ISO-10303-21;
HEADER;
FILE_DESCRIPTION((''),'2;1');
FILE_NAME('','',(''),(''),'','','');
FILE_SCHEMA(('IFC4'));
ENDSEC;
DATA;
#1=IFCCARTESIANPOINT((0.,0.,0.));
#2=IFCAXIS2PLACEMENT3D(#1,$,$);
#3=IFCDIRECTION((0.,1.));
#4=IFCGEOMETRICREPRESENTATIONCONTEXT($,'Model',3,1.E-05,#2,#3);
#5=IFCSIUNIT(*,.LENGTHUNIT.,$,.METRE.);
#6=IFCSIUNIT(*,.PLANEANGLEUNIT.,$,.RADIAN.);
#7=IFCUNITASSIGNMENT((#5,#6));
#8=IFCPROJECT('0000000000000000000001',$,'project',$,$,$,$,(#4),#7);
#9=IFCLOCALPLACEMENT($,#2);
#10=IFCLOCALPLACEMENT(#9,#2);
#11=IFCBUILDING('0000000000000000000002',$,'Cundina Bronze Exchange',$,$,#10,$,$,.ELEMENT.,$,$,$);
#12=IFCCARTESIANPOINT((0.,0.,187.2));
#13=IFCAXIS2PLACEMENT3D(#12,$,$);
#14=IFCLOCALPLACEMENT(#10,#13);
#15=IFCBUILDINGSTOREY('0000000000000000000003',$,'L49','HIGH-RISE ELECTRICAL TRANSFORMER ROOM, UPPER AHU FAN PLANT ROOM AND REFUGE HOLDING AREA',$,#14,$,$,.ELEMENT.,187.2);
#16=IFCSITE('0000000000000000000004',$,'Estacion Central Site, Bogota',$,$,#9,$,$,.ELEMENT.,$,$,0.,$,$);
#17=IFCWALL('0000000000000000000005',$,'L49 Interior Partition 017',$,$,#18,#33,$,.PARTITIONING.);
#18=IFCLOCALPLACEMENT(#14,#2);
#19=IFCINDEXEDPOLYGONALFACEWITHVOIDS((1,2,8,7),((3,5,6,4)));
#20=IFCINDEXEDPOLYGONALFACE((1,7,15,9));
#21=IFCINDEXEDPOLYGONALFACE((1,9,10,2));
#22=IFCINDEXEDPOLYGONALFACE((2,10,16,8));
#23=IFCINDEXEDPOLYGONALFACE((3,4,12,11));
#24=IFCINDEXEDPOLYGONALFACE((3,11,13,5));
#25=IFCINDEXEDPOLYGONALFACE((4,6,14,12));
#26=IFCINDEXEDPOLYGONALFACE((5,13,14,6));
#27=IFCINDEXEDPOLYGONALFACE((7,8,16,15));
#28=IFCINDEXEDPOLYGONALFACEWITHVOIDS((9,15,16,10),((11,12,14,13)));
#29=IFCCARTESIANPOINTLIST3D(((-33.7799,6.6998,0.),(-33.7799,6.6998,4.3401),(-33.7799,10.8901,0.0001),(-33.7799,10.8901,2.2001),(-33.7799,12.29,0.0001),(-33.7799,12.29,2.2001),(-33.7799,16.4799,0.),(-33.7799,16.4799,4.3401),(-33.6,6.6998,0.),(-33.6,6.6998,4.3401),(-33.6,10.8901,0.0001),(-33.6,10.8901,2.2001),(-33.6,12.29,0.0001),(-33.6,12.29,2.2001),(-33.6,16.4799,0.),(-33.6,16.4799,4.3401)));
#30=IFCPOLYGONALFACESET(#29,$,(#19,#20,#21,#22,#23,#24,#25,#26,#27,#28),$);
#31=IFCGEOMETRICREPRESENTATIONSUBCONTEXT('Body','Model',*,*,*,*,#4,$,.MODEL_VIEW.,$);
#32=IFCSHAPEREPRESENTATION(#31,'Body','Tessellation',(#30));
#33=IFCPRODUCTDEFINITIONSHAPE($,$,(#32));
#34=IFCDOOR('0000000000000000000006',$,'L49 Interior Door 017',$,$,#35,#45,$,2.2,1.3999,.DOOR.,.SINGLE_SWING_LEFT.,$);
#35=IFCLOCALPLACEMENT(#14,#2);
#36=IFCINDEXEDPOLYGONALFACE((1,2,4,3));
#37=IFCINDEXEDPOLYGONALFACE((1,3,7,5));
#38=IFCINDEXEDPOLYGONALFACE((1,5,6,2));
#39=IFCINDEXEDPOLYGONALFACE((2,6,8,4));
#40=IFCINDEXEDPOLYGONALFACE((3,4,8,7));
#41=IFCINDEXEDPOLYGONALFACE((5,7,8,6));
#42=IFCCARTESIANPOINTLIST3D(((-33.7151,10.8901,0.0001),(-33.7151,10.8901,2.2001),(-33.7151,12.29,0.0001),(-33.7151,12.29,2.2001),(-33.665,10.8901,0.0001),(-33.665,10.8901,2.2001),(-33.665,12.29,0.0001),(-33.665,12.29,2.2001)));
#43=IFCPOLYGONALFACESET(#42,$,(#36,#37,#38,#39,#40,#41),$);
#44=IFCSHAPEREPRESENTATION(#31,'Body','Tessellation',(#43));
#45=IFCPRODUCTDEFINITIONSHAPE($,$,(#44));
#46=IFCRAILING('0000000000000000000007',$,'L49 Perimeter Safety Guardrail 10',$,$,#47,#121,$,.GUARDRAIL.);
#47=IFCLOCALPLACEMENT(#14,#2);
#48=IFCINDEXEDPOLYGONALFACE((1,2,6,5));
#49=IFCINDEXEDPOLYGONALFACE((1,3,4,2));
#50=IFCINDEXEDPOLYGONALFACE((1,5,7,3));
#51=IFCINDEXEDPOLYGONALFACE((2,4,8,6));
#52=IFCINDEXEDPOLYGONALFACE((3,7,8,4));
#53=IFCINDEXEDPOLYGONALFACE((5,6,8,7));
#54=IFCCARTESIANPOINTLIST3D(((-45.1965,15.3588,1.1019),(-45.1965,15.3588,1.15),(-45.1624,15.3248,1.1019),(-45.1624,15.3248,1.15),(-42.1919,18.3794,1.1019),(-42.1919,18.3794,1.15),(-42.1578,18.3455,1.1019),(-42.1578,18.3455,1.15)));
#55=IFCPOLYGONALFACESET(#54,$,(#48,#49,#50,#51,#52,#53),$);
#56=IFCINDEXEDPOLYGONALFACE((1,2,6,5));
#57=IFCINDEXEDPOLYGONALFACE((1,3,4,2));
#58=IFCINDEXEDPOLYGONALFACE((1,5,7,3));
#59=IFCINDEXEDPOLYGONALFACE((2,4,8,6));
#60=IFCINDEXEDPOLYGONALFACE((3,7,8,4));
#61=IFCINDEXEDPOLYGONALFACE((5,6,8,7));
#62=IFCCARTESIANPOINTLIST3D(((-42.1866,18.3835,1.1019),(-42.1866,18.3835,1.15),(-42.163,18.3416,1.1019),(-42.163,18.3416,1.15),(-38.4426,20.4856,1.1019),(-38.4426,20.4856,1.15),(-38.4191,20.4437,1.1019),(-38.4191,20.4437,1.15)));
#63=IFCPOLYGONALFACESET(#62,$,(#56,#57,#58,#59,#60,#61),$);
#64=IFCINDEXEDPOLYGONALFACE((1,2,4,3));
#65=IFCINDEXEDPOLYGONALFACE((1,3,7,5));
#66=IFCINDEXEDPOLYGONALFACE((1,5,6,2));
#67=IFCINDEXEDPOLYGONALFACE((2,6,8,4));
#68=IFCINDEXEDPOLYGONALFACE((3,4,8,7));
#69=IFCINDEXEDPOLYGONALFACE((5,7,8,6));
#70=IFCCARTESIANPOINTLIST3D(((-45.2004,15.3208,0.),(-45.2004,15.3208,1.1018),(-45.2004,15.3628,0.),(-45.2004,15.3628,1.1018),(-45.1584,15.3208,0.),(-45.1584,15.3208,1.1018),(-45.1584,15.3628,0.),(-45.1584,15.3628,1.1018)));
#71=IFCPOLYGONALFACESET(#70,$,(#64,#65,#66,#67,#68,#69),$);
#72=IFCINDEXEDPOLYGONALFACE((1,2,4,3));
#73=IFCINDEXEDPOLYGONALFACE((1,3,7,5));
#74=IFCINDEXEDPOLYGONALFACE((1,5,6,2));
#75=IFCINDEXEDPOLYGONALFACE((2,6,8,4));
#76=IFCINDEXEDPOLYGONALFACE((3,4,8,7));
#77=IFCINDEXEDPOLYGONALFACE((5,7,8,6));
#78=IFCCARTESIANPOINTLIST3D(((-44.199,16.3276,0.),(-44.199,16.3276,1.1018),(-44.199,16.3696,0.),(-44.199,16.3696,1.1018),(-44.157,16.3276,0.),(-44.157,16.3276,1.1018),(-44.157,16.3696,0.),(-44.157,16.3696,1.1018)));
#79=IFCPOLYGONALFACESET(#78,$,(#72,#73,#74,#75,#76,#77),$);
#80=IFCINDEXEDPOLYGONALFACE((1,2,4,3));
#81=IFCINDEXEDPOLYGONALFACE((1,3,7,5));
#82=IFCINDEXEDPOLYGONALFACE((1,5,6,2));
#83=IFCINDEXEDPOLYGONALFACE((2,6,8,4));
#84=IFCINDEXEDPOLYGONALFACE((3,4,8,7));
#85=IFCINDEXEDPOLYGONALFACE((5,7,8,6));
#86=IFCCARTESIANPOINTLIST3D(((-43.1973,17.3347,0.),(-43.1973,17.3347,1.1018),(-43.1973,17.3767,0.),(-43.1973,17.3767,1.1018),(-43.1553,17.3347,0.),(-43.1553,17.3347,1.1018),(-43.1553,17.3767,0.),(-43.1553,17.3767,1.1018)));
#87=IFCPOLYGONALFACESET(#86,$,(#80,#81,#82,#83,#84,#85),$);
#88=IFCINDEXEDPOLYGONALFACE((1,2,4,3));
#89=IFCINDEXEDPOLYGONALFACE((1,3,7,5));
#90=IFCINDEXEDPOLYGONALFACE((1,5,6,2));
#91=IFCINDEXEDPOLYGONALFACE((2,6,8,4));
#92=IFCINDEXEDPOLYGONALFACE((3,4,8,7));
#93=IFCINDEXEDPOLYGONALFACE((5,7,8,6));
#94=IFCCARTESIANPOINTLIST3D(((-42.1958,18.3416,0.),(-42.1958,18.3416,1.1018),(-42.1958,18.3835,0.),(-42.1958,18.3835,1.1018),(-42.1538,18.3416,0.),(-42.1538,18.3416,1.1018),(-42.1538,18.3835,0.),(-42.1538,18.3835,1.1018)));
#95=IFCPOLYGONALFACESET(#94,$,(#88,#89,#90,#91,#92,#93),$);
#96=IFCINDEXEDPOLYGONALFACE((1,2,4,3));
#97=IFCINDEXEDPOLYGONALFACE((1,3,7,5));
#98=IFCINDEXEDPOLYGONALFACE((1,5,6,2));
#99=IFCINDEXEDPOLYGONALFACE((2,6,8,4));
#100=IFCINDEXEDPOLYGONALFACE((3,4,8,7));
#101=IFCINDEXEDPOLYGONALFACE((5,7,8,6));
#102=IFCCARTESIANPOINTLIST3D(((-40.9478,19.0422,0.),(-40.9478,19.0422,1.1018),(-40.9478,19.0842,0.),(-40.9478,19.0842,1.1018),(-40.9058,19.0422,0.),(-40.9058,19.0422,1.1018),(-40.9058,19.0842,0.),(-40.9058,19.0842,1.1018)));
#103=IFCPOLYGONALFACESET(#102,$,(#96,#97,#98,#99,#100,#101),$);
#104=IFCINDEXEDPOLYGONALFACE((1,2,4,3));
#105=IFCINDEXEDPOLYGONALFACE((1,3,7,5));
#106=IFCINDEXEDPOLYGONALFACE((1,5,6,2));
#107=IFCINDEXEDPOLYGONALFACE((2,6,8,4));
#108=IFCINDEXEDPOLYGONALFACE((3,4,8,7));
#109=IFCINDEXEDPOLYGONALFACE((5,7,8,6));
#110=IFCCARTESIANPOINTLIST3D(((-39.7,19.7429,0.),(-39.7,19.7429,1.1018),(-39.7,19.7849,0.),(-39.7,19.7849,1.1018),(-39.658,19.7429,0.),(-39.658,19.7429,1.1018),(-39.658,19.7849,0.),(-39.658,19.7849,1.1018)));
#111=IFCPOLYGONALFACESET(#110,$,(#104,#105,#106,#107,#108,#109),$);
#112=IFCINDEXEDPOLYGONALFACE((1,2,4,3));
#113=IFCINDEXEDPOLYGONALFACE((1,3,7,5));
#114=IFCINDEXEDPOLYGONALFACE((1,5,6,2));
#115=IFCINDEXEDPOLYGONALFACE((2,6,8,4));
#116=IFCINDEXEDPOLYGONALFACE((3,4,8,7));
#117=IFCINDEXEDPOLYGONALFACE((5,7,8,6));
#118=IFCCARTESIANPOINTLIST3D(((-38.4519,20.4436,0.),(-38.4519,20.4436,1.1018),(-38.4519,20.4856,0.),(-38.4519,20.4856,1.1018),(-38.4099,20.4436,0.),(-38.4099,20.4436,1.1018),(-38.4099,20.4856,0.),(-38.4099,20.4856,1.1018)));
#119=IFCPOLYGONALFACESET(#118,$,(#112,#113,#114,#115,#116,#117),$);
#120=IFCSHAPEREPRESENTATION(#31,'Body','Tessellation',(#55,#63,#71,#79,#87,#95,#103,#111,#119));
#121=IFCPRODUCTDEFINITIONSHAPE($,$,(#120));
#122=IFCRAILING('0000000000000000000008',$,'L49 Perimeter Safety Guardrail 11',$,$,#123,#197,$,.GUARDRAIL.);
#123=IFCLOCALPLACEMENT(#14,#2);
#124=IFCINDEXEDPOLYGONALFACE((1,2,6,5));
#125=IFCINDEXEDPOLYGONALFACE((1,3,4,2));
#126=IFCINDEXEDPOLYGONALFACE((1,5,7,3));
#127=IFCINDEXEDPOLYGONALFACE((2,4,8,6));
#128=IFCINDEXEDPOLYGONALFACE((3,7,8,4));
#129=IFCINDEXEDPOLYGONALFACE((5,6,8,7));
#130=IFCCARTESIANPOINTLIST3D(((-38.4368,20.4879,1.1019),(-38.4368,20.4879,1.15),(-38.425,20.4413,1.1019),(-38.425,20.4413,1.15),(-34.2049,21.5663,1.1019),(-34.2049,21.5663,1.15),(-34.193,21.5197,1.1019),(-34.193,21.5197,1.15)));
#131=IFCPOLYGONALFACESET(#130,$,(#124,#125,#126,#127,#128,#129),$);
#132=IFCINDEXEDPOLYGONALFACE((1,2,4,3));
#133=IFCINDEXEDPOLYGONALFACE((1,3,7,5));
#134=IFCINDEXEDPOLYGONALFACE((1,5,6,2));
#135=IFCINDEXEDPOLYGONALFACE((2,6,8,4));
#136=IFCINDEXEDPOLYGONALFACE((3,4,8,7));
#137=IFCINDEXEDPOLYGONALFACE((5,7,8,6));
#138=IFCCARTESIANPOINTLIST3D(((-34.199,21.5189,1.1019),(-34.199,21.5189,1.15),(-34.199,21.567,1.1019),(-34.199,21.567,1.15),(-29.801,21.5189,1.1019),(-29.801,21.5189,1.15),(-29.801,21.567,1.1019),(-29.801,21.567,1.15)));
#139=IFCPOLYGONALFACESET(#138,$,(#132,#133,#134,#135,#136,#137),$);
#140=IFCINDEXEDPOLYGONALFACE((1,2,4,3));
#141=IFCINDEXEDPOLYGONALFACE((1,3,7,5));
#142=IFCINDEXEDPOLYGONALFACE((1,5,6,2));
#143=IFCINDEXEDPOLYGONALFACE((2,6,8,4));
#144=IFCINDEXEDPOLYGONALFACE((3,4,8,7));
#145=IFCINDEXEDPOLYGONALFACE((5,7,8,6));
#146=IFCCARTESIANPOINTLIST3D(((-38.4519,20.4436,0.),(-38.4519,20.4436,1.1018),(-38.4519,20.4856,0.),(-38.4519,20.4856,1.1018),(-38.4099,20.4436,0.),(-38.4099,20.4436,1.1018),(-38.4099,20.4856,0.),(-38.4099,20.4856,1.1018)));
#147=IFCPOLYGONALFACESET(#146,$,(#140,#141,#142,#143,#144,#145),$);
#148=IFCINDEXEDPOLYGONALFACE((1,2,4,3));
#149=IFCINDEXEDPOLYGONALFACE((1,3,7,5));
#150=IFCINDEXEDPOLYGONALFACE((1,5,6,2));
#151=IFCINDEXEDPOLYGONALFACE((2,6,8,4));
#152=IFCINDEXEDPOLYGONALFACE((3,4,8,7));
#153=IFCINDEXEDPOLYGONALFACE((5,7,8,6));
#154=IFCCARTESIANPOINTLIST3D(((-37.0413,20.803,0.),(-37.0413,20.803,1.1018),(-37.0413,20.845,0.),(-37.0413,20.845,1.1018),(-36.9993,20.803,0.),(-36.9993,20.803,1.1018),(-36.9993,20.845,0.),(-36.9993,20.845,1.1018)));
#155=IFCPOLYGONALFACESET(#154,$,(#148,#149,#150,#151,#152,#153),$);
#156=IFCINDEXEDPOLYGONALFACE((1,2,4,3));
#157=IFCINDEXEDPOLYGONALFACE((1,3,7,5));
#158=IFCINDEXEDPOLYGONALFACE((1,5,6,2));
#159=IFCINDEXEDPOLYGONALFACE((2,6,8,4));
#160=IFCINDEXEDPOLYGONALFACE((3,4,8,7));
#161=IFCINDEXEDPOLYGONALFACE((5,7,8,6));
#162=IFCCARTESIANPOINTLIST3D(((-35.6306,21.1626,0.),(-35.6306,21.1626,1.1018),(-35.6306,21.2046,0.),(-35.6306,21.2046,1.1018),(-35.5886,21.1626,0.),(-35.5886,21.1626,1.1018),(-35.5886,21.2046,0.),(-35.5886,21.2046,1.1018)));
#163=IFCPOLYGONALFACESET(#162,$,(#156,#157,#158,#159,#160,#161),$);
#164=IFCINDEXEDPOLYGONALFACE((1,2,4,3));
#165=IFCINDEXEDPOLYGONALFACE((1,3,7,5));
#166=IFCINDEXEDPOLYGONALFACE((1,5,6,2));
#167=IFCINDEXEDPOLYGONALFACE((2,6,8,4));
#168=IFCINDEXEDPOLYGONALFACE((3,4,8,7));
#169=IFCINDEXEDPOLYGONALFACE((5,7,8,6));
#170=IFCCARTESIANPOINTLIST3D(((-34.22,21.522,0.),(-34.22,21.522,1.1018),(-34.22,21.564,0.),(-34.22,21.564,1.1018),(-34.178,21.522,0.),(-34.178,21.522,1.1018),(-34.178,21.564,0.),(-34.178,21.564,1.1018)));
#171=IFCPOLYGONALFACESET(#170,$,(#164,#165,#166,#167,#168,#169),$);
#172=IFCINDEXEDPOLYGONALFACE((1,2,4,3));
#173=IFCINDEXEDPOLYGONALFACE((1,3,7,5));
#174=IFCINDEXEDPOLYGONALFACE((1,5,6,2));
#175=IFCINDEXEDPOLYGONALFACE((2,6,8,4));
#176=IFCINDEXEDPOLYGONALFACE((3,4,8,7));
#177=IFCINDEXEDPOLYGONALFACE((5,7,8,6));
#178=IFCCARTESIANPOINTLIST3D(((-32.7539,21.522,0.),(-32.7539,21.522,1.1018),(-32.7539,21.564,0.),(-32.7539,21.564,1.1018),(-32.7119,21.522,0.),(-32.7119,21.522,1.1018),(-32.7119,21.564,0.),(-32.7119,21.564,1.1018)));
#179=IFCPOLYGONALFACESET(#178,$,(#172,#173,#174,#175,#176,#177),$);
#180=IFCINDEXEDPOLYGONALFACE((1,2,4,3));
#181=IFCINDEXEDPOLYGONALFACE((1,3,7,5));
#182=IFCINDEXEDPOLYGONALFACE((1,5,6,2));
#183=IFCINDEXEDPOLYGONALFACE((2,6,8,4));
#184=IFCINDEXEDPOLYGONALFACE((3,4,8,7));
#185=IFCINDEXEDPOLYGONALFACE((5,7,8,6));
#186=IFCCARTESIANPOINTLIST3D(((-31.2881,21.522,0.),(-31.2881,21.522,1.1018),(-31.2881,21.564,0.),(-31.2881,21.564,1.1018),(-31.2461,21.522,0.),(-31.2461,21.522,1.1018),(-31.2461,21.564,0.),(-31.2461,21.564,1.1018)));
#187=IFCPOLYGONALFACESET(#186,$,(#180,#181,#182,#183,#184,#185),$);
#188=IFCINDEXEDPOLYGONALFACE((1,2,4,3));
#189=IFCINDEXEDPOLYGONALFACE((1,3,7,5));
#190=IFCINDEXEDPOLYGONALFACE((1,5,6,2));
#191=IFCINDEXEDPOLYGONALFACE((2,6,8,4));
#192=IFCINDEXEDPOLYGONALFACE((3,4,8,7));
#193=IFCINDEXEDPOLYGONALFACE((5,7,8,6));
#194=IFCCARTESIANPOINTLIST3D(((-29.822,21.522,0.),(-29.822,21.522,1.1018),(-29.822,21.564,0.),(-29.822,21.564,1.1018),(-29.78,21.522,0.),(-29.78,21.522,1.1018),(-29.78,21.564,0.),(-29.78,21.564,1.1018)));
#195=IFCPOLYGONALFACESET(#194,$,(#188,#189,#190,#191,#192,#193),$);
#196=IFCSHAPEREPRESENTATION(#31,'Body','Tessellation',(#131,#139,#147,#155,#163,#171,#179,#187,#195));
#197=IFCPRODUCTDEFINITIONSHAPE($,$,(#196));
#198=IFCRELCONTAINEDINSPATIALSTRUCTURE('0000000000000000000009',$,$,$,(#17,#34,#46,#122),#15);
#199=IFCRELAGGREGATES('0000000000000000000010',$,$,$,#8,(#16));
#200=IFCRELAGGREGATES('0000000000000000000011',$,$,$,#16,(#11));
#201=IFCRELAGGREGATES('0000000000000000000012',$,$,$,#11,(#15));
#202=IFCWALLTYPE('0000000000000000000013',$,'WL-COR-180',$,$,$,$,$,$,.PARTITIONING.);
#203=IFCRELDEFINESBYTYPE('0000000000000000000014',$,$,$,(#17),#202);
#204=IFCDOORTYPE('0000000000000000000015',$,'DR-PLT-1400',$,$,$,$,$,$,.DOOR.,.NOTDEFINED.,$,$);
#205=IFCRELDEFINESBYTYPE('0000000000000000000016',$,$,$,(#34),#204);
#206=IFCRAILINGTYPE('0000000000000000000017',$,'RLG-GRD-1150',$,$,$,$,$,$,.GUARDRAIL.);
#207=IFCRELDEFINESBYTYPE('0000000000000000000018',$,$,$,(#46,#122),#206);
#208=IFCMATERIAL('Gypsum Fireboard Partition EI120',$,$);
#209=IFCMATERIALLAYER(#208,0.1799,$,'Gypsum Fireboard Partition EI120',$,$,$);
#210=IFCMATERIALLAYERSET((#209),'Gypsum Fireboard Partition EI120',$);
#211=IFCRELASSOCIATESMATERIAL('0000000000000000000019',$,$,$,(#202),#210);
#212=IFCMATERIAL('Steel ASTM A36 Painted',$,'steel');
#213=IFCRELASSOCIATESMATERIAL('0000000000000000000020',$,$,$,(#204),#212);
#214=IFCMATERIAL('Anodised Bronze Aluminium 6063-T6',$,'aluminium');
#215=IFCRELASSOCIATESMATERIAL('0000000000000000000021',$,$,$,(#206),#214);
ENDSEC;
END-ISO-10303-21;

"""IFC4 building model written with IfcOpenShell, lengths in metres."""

from ifc_helpers import new_model, si_unit, direction, frame, frame_2d, origin, origin_2d, place, context, subcontext, project, spatial, rectangle, extrude, material, layer, layer_set, type_object, element, fill, save


model = new_model("IFC4")

# Units and contexts
model_context = context("Model", 3, precision=1e-05, world=origin(), true_north=direction((0.0, 1.0)))
body_context = subcontext(model_context, "Body", "Model", "MODEL_VIEW")
ifc_project = project(units=[si_unit("LENGTHUNIT", "METRE"), si_unit("PLANEANGLEUNIT", "RADIAN")], contexts=[model_context])

# Site, building, storey
site_placement = place(None, origin())
site = spatial("IfcSite", under=ifc_project, at=site_placement, Name="Estacion Central Site, Bogota", CompositionType="ELEMENT", RefElevation=0.0)
building_placement = place(site_placement, origin())
building = spatial("IfcBuilding", under=site, at=building_placement, Name="Cundina Bronze Exchange", CompositionType="ELEMENT")
storey_placement = place(building_placement, frame((0.0, 0.0, 187.2)))
storey = spatial("IfcBuildingStorey", under=building, at=storey_placement, Name="L49", Description="HIGH-RISE ELECTRICAL TRANSFORMER ROOM, UPPER AHU FAN PLANT ROOM AND REFUGE HOLDING AREA", CompositionType="ELEMENT", Elevation=187.2)

# Wall, opening, door
ifc_material_1 = material(Name="Gypsum Fireboard Partition EI120")
ifc_layer_1 = layer(ifc_material_1, 0.1799, Name="Gypsum Fireboard Partition EI120")
ifc_layer_set_1 = layer_set([ifc_layer_1], Name="Gypsum Fireboard Partition EI120")
wall_type = type_object("IfcWallType", Name="WL-COR-180", PredefinedType="PARTITIONING", material=ifc_layer_set_1)
wall_placement = place(storey_placement, frame((-33.6899, 16.48, 0.0), z_axis=(0.0, 0.0, 1.0), x_axis=(0.0, -1.0, 0.0)))
wall = element("IfcWall", 1, at=wall_placement, inside=storey, type_object=wall_type, Name="L49 Interior Partition 017", PredefinedType="PARTITIONING", context=body_context, shape_type="SweptSolid", body=[
    extrude(rectangle(XDim=9.78, YDim=0.1799, at=frame_2d((4.8901, 0.0))), origin(), (0.0, 0.0, 1.0), 4.3401),
])
opening_placement = place(wall_placement, frame((4.1899, 0.0, 0.0)))
opening = element("IfcOpeningElement", 2, at=opening_placement, cuts=wall, PredefinedType="OPENING", context=body_context, shape_type="SweptSolid", body=[
    extrude(rectangle(XDim=1.3999, YDim=2.2, at=frame_2d((0.7, 1.1001))), frame((0.0, 0.0999, 0.0), z_axis=(0.0, -1.0, 0.0), x_axis=(1.0, 0.0, 0.0)), (0.0, 0.0, 1.0), 0.2),
])
ifc_material_2 = material(Name="Steel ASTM A36 Painted", Category="steel")
door_type = type_object("IfcDoorType", Name="DR-PLT-1400", OperationType="NOTDEFINED", PredefinedType="DOOR", material=ifc_material_2)
door_placement = place(opening_placement, origin())
door = element("IfcDoor", 3, at=door_placement, inside=storey, type_object=door_type, Name="L49 Interior Door 017", OperationType="SINGLE_SWING_LEFT", OverallHeight=2.2, OverallWidth=1.3999, PredefinedType="DOOR", context=body_context, shape_type="SweptSolid", body=[
    extrude(rectangle(XDim=1.3999, YDim=2.2, at=frame_2d((0.7, 1.1001))), frame((0.0, 0.0249, 0.0), z_axis=(0.0, -1.0, 0.0), x_axis=(1.0, 0.0, 0.0)), (0.0, 0.0, 1.0), 0.05),
])
fill(opening, door)

# Railings
ifc_material_3 = material(Name="Anodised Bronze Aluminium 6063-T6", Category="aluminium")
railing_type = type_object("IfcRailingType", Name="RLG-GRD-1150", PredefinedType="GUARDRAIL", material=ifc_material_3)
railing_1_placement = place(storey_placement, frame((-45.1794, 15.3418, 0.0)))
element("IfcRailing", 4, at=railing_1_placement, inside=storey, type_object=railing_type, Name="L49 Perimeter Safety Guardrail 10", PredefinedType="GUARDRAIL", context=body_context, shape_type="SweptSolid", body=[
    extrude(rectangle(XDim=0.0481, YDim=0.0481, at=origin_2d()), frame((0.0, 0.0, 1.126), z_axis=(0.705213, 0.708995, 0.0), x_axis=(-0.708995, 0.705213, 0.0)), (0.0, 0.0, 1.0), 4.2605),
    extrude(rectangle(XDim=0.0481, YDim=0.0481, at=origin_2d()), frame((3.0046, 3.0208, 1.126), z_axis=(0.871962, 0.489573, 0.0), x_axis=(-0.489573, 0.871962, 0.0)), (0.0, 0.0, 1.0), 4.2937),
    extrude(rectangle(XDim=0.042, YDim=0.042, at=origin_2d()), origin(), (0.0, 0.0, 1.0), 1.1018),
    extrude(rectangle(XDim=0.042, YDim=0.042, at=origin_2d()), frame((1.0015, 1.0068, 0.0)), (0.0, 0.0, 1.0), 1.1018),
    extrude(rectangle(XDim=0.042, YDim=0.042, at=origin_2d()), frame((2.0032, 2.0139, 0.0)), (0.0, 0.0, 1.0), 1.1018),
    extrude(rectangle(XDim=0.042, YDim=0.042, at=origin_2d()), frame((3.0046, 3.0208, 0.0)), (0.0, 0.0, 1.0), 1.1018),
    extrude(rectangle(XDim=0.042, YDim=0.042, at=origin_2d()), frame((4.2527, 3.7214, 0.0)), (0.0, 0.0, 1.0), 1.1018),
    extrude(rectangle(XDim=0.042, YDim=0.042, at=origin_2d()), frame((5.5005, 4.4221, 0.0)), (0.0, 0.0, 1.0), 1.1018),
    extrude(rectangle(XDim=0.042, YDim=0.042, at=origin_2d()), frame((6.7485, 5.1228, 0.0)), (0.0, 0.0, 1.0), 1.1018),
])
railing_2_placement = place(storey_placement, frame((-38.4309, 20.4646, 0.0)))
element("IfcRailing", 5, at=railing_2_placement, inside=storey, type_object=railing_type, Name="L49 Perimeter Safety Guardrail 11", PredefinedType="GUARDRAIL", context=body_context, shape_type="SweptSolid", body=[
    extrude(rectangle(XDim=0.0481, YDim=0.0481, at=origin_2d()), frame((0.0, 0.0, 1.126), z_axis=(0.969034, 0.246927, 0.0), x_axis=(-0.246927, 0.969034, 0.0)), (0.0, 0.0, 1.0), 4.3672),
    extrude(rectangle(XDim=0.0481, YDim=0.0481, at=origin_2d()), frame((4.2319, 1.0784, 1.126), z_axis=(1.0, 0.0, 0.0), x_axis=(0.0, 1.0, 0.0)), (0.0, 0.0, 1.0), 4.3979),
    extrude(rectangle(XDim=0.042, YDim=0.042, at=origin_2d()), origin(), (0.0, 0.0, 1.0), 1.1018),
    extrude(rectangle(XDim=0.042, YDim=0.042, at=origin_2d()), frame((1.4106, 0.3594, 0.0)), (0.0, 0.0, 1.0), 1.1018),
    extrude(rectangle(XDim=0.042, YDim=0.042, at=origin_2d()), frame((2.8213, 0.719, 0.0)), (0.0, 0.0, 1.0), 1.1018),
    extrude(rectangle(XDim=0.042, YDim=0.042, at=origin_2d()), frame((4.2319, 1.0784, 0.0)), (0.0, 0.0, 1.0), 1.1018),
    extrude(rectangle(XDim=0.042, YDim=0.042, at=origin_2d()), frame((5.698, 1.0784, 0.0)), (0.0, 0.0, 1.0), 1.1018),
    extrude(rectangle(XDim=0.042, YDim=0.042, at=origin_2d()), frame((7.1638, 1.0784, 0.0)), (0.0, 0.0, 1.0), 1.1018),
    extrude(rectangle(XDim=0.042, YDim=0.042, at=origin_2d()), frame((8.6299, 1.0784, 0.0)), (0.0, 0.0, 1.0), 1.1018),
])

save(model, "model.ifc")
